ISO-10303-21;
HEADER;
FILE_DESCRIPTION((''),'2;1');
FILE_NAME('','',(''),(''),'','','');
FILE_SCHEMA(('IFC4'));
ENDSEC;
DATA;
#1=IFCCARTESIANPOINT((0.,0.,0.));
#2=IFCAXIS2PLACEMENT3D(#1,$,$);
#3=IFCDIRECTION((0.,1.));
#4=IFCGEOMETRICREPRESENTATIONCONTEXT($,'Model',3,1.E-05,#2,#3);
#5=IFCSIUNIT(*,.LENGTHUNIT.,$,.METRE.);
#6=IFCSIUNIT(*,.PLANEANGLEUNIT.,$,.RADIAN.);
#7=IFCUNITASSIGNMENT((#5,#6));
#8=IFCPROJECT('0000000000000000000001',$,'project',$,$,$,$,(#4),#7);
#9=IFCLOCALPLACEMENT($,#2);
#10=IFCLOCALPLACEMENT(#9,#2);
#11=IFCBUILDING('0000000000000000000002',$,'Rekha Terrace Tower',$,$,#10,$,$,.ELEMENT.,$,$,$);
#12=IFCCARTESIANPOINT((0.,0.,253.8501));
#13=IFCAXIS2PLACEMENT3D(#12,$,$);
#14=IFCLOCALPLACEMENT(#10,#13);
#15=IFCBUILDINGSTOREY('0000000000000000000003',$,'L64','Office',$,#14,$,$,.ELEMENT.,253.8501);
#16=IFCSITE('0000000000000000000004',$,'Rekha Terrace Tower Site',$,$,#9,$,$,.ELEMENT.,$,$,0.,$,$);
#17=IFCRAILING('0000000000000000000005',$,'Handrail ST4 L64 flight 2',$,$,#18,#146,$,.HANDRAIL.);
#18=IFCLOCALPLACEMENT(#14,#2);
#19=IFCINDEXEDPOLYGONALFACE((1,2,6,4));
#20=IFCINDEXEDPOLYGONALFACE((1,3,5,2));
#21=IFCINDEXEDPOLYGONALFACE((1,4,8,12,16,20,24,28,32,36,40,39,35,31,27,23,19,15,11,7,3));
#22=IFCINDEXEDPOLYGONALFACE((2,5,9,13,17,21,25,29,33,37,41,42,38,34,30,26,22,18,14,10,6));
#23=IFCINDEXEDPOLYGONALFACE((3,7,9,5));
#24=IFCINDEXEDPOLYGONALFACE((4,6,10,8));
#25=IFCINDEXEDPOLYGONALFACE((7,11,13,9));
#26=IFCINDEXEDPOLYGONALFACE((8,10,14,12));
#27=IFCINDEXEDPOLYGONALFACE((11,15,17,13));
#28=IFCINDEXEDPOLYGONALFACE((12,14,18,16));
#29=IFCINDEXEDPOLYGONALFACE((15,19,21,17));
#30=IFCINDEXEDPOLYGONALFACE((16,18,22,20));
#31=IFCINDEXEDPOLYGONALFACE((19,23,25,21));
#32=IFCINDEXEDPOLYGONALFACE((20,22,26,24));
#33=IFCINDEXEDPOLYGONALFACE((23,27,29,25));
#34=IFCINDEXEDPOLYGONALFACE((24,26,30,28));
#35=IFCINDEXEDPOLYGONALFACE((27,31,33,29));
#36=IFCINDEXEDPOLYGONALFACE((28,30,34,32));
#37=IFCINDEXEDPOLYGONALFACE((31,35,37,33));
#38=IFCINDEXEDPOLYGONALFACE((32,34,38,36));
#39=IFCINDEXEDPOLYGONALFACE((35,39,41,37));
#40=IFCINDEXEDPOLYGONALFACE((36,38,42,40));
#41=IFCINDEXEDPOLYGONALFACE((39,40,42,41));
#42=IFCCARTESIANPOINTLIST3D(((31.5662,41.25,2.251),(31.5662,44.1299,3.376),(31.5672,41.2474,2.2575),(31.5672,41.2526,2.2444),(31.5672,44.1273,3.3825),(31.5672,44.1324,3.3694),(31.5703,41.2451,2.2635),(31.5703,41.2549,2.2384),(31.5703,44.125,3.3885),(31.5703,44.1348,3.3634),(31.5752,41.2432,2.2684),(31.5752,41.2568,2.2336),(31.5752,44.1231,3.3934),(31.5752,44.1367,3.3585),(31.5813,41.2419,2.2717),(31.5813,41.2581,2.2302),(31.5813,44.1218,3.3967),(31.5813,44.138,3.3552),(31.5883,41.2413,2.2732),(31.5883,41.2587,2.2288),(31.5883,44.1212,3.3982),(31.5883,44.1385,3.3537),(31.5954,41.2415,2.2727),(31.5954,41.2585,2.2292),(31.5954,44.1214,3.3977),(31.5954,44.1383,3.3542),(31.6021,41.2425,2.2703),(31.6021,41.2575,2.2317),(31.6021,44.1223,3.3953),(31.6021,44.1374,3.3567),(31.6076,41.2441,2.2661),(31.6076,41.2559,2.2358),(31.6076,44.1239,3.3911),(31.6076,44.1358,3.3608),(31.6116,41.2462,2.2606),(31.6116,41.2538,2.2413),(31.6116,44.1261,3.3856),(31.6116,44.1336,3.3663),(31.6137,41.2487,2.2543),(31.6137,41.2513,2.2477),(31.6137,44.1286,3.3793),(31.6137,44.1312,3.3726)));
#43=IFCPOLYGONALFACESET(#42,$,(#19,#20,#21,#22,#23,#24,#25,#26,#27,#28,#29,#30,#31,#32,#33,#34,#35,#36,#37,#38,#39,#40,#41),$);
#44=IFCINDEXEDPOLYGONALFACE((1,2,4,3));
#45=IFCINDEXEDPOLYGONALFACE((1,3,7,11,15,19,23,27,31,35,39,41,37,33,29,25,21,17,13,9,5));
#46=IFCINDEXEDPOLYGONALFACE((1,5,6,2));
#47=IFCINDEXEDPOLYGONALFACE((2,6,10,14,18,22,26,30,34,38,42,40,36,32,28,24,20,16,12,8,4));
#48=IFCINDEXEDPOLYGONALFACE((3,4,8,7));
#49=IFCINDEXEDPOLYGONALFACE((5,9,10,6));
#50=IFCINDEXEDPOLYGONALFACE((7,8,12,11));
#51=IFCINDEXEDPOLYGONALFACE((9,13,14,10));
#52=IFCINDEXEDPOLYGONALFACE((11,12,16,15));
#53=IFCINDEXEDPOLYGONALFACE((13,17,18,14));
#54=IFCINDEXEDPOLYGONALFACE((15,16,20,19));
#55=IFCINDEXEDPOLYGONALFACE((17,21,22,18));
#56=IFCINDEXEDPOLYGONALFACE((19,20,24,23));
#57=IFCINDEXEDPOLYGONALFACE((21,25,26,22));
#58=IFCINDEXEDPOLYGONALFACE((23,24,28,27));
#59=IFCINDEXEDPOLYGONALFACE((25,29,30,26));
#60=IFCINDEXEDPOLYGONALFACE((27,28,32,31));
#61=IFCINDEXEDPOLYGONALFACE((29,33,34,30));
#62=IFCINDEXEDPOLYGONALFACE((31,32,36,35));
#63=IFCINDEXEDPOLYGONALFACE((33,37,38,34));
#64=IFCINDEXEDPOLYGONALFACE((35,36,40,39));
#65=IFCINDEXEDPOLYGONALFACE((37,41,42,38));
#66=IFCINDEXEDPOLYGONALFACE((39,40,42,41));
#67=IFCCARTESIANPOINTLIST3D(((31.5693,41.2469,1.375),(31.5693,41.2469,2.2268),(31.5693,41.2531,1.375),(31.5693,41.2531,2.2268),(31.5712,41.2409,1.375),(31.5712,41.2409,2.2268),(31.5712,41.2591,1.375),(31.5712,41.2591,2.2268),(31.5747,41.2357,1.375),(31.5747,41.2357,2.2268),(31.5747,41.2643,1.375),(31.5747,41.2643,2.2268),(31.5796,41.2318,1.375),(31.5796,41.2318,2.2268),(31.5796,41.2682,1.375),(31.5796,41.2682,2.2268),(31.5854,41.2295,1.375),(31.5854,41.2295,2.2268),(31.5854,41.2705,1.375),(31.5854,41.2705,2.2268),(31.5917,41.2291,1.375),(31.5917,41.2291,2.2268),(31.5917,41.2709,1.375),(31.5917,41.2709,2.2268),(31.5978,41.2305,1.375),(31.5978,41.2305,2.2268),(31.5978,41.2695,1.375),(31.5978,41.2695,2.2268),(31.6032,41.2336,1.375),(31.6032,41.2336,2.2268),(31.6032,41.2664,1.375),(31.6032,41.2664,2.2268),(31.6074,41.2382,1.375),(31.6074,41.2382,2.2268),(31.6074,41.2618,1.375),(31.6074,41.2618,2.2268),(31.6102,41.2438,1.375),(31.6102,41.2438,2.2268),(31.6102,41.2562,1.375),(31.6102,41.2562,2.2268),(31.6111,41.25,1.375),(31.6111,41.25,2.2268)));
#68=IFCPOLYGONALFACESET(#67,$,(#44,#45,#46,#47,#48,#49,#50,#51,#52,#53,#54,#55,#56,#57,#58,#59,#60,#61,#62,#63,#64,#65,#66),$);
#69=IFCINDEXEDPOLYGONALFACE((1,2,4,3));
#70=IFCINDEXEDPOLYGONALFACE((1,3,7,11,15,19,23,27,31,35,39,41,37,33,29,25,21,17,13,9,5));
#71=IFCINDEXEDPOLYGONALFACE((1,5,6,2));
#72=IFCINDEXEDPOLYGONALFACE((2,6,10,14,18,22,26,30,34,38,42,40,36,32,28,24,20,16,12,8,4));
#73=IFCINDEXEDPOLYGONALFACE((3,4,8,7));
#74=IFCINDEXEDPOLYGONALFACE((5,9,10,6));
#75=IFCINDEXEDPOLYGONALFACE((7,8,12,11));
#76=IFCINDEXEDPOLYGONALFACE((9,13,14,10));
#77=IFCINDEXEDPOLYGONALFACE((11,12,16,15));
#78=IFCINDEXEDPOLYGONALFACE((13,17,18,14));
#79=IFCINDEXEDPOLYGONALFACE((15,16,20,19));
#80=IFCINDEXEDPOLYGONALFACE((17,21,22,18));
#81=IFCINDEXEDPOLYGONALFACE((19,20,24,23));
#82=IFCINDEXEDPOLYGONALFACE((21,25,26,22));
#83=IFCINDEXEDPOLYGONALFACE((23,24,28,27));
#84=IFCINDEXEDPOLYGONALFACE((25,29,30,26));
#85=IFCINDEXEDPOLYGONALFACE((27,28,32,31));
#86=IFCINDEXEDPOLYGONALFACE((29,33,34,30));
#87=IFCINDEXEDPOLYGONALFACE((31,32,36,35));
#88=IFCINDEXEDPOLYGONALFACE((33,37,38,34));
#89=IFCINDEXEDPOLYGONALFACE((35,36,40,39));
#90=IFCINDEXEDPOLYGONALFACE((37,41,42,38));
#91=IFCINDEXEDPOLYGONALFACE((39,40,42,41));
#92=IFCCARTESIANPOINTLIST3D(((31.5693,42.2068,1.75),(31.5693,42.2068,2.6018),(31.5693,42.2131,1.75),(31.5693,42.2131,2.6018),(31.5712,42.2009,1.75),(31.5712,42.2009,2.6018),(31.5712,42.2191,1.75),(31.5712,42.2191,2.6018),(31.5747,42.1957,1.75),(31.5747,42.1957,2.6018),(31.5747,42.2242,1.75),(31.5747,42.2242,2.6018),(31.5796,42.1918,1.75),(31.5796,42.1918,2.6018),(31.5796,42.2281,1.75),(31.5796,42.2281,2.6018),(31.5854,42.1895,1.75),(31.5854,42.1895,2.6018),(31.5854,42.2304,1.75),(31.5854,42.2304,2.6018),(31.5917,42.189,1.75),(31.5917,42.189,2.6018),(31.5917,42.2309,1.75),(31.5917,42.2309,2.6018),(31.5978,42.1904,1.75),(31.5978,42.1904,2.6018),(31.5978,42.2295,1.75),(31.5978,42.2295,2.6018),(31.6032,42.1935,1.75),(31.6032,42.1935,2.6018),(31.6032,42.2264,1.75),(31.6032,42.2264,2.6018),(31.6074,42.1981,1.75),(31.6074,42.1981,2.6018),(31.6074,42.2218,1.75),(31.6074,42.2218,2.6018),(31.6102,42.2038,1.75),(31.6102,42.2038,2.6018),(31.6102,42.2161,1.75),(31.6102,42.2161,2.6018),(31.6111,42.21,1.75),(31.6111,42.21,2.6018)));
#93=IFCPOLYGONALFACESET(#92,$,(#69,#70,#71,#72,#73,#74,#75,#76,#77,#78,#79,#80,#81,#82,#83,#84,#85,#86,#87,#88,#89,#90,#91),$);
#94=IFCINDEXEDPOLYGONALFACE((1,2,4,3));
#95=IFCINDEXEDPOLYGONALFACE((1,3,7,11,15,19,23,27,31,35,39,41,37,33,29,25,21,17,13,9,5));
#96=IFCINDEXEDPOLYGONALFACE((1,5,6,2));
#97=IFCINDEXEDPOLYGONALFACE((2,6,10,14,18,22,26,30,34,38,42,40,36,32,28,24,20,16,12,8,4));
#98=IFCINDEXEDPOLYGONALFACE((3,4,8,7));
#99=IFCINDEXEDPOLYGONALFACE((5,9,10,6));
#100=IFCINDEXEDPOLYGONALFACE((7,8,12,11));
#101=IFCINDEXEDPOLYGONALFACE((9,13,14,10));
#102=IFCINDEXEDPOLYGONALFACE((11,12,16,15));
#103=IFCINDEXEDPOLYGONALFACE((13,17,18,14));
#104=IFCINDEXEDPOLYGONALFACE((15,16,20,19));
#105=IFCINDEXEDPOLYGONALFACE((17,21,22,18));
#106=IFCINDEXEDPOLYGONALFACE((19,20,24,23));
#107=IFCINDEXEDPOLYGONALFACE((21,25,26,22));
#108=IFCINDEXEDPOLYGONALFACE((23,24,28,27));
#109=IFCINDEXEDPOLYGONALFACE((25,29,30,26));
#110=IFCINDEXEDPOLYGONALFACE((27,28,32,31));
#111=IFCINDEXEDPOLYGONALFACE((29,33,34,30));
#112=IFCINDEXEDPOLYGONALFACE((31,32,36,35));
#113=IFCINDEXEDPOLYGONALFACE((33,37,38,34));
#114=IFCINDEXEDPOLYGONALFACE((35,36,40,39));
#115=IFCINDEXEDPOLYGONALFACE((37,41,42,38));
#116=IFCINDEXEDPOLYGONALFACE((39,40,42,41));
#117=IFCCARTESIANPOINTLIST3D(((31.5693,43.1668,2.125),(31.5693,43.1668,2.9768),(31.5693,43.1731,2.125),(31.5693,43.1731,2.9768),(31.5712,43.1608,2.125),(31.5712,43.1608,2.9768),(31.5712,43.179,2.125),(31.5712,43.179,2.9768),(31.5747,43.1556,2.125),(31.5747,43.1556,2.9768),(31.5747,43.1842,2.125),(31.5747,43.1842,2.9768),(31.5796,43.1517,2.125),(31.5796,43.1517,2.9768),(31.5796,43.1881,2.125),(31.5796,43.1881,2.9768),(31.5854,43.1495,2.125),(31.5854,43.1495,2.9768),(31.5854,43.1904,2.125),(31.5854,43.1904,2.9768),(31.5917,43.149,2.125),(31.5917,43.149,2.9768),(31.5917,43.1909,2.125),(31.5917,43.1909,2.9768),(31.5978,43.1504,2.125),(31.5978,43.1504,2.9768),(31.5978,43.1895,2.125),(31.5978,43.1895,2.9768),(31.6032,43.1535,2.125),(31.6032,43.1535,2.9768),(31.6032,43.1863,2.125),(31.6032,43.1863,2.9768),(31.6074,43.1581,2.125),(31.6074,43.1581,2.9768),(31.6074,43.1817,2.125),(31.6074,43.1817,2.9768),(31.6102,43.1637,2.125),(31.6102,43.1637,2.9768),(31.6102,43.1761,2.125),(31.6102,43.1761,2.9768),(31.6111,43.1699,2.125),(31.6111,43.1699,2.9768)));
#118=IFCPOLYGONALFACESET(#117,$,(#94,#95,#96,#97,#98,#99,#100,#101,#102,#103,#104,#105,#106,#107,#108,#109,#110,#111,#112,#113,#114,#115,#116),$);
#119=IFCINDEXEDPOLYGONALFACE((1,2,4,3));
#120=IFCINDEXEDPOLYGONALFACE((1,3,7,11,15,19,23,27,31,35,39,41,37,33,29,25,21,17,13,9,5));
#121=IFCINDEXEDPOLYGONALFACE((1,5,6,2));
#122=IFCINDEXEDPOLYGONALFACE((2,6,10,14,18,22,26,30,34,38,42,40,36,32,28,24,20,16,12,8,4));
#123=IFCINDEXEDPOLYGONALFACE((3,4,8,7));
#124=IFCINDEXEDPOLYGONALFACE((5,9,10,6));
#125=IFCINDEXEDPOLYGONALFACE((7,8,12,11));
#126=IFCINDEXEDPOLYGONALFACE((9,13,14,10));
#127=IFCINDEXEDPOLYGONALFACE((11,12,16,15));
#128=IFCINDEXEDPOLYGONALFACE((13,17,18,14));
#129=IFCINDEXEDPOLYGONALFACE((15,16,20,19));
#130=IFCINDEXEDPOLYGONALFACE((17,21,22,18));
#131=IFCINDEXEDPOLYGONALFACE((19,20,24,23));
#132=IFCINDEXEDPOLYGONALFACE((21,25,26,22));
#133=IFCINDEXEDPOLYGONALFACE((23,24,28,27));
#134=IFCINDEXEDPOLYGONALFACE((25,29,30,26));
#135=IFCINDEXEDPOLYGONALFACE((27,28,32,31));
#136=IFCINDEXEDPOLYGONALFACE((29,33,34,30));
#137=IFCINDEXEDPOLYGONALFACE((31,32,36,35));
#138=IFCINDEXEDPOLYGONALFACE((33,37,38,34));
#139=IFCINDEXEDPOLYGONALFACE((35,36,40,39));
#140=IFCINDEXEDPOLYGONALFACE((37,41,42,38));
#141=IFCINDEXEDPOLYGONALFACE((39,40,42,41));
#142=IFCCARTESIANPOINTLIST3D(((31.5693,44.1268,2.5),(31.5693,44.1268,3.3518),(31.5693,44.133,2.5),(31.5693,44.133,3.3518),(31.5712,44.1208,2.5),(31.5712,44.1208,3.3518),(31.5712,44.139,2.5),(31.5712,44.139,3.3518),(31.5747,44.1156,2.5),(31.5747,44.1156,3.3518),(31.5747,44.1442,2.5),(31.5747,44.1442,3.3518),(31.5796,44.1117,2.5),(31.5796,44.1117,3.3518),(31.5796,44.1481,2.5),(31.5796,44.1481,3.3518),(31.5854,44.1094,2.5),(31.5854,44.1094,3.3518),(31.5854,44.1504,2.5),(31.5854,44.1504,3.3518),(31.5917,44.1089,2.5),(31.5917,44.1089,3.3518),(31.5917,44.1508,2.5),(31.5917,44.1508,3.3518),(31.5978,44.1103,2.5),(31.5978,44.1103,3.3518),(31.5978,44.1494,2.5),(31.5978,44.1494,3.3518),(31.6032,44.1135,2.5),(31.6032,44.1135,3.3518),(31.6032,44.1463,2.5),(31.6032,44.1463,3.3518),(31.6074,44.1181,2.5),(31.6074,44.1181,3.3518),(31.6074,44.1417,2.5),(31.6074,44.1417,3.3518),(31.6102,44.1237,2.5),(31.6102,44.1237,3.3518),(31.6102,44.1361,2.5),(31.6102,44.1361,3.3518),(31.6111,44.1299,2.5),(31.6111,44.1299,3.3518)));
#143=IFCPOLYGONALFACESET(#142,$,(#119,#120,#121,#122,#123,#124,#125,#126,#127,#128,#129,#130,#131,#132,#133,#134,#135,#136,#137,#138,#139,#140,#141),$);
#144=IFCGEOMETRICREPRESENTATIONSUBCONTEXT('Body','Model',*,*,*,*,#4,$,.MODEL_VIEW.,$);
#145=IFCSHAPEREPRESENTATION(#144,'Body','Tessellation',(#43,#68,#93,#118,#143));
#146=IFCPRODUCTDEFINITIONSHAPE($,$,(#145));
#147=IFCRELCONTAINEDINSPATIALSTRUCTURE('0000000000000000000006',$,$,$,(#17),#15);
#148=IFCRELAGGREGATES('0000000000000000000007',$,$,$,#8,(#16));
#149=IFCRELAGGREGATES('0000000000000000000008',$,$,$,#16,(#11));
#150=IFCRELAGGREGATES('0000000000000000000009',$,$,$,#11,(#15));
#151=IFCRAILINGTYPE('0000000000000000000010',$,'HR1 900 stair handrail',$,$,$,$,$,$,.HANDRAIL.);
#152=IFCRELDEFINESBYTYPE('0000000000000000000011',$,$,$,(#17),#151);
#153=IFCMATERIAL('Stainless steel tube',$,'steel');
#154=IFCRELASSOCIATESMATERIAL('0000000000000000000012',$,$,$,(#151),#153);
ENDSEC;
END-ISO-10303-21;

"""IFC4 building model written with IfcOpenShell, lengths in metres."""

from ifc_helpers import new_model, si_unit, direction, frame, origin, origin_2d, place, context, subcontext, project, spatial, circle, extrude, material, type_object, element, save


model = new_model("IFC4")

# Units and contexts
model_context = context("Model", 3, precision=1e-05, world=origin(), true_north=direction((0.0, 1.0)))
body_context = subcontext(model_context, "Body", "Model", "MODEL_VIEW")
ifc_project = project(units=[si_unit("LENGTHUNIT", "METRE"), si_unit("PLANEANGLEUNIT", "RADIAN")], contexts=[model_context])

# Site, building, storey
site_placement = place(None, origin())
site = spatial("IfcSite", under=ifc_project, at=site_placement, Name="Rekha Terrace Tower Site", CompositionType="ELEMENT", RefElevation=0.0)
building_placement = place(site_placement, origin())
building = spatial("IfcBuilding", under=site, at=building_placement, Name="Rekha Terrace Tower", CompositionType="ELEMENT")
storey_placement = place(building_placement, frame((0.0, 0.0, 253.8501)))
storey = spatial("IfcBuildingStorey", under=building, at=storey_placement, Name="L64", Description="Office", CompositionType="ELEMENT", Elevation=253.8501)

# Railing
ifc_material_1 = material(Name="Stainless steel tube", Category="steel")
railing_type_1 = type_object("IfcRailingType", Name="HR1 900 stair handrail", PredefinedType="HANDRAIL", material=ifc_material_1)
for number, where, name in (
    (1, (31.5901, 41.25, 1.375), "Handrail ST4 L64 flight 2"),
):
    element("IfcRailing", number, at=place(storey_placement, frame(where)), inside=storey, type_object=railing_type_1, Name=name, PredefinedType="HANDRAIL", context=body_context, shape_type="SweptSolid", body=[
        extrude(circle(Radius=0.0239, at=origin_2d()), frame((0.0, 0.0, 0.876), z_axis=(0.0, 0.931452, 0.363863), x_axis=(-1.0, 0.0, 0.0)), (0.0, 0.0, 1.0), 3.0918),
        extrude(circle(Radius=0.021, at=origin_2d()), origin(), (0.0, 0.0, 1.0), 0.8518),
        extrude(circle(Radius=0.021, at=origin_2d()), frame((0.0, 0.96, 0.375)), (0.0, 0.0, 1.0), 0.8518),
        extrude(circle(Radius=0.021, at=origin_2d()), frame((0.0, 1.9199, 0.75)), (0.0, 0.0, 1.0), 0.8518),
        extrude(circle(Radius=0.021, at=origin_2d()), frame((0.0, 2.8799, 1.125)), (0.0, 0.0, 1.0), 0.8518),
    ])

save(model, "model.ifc")
